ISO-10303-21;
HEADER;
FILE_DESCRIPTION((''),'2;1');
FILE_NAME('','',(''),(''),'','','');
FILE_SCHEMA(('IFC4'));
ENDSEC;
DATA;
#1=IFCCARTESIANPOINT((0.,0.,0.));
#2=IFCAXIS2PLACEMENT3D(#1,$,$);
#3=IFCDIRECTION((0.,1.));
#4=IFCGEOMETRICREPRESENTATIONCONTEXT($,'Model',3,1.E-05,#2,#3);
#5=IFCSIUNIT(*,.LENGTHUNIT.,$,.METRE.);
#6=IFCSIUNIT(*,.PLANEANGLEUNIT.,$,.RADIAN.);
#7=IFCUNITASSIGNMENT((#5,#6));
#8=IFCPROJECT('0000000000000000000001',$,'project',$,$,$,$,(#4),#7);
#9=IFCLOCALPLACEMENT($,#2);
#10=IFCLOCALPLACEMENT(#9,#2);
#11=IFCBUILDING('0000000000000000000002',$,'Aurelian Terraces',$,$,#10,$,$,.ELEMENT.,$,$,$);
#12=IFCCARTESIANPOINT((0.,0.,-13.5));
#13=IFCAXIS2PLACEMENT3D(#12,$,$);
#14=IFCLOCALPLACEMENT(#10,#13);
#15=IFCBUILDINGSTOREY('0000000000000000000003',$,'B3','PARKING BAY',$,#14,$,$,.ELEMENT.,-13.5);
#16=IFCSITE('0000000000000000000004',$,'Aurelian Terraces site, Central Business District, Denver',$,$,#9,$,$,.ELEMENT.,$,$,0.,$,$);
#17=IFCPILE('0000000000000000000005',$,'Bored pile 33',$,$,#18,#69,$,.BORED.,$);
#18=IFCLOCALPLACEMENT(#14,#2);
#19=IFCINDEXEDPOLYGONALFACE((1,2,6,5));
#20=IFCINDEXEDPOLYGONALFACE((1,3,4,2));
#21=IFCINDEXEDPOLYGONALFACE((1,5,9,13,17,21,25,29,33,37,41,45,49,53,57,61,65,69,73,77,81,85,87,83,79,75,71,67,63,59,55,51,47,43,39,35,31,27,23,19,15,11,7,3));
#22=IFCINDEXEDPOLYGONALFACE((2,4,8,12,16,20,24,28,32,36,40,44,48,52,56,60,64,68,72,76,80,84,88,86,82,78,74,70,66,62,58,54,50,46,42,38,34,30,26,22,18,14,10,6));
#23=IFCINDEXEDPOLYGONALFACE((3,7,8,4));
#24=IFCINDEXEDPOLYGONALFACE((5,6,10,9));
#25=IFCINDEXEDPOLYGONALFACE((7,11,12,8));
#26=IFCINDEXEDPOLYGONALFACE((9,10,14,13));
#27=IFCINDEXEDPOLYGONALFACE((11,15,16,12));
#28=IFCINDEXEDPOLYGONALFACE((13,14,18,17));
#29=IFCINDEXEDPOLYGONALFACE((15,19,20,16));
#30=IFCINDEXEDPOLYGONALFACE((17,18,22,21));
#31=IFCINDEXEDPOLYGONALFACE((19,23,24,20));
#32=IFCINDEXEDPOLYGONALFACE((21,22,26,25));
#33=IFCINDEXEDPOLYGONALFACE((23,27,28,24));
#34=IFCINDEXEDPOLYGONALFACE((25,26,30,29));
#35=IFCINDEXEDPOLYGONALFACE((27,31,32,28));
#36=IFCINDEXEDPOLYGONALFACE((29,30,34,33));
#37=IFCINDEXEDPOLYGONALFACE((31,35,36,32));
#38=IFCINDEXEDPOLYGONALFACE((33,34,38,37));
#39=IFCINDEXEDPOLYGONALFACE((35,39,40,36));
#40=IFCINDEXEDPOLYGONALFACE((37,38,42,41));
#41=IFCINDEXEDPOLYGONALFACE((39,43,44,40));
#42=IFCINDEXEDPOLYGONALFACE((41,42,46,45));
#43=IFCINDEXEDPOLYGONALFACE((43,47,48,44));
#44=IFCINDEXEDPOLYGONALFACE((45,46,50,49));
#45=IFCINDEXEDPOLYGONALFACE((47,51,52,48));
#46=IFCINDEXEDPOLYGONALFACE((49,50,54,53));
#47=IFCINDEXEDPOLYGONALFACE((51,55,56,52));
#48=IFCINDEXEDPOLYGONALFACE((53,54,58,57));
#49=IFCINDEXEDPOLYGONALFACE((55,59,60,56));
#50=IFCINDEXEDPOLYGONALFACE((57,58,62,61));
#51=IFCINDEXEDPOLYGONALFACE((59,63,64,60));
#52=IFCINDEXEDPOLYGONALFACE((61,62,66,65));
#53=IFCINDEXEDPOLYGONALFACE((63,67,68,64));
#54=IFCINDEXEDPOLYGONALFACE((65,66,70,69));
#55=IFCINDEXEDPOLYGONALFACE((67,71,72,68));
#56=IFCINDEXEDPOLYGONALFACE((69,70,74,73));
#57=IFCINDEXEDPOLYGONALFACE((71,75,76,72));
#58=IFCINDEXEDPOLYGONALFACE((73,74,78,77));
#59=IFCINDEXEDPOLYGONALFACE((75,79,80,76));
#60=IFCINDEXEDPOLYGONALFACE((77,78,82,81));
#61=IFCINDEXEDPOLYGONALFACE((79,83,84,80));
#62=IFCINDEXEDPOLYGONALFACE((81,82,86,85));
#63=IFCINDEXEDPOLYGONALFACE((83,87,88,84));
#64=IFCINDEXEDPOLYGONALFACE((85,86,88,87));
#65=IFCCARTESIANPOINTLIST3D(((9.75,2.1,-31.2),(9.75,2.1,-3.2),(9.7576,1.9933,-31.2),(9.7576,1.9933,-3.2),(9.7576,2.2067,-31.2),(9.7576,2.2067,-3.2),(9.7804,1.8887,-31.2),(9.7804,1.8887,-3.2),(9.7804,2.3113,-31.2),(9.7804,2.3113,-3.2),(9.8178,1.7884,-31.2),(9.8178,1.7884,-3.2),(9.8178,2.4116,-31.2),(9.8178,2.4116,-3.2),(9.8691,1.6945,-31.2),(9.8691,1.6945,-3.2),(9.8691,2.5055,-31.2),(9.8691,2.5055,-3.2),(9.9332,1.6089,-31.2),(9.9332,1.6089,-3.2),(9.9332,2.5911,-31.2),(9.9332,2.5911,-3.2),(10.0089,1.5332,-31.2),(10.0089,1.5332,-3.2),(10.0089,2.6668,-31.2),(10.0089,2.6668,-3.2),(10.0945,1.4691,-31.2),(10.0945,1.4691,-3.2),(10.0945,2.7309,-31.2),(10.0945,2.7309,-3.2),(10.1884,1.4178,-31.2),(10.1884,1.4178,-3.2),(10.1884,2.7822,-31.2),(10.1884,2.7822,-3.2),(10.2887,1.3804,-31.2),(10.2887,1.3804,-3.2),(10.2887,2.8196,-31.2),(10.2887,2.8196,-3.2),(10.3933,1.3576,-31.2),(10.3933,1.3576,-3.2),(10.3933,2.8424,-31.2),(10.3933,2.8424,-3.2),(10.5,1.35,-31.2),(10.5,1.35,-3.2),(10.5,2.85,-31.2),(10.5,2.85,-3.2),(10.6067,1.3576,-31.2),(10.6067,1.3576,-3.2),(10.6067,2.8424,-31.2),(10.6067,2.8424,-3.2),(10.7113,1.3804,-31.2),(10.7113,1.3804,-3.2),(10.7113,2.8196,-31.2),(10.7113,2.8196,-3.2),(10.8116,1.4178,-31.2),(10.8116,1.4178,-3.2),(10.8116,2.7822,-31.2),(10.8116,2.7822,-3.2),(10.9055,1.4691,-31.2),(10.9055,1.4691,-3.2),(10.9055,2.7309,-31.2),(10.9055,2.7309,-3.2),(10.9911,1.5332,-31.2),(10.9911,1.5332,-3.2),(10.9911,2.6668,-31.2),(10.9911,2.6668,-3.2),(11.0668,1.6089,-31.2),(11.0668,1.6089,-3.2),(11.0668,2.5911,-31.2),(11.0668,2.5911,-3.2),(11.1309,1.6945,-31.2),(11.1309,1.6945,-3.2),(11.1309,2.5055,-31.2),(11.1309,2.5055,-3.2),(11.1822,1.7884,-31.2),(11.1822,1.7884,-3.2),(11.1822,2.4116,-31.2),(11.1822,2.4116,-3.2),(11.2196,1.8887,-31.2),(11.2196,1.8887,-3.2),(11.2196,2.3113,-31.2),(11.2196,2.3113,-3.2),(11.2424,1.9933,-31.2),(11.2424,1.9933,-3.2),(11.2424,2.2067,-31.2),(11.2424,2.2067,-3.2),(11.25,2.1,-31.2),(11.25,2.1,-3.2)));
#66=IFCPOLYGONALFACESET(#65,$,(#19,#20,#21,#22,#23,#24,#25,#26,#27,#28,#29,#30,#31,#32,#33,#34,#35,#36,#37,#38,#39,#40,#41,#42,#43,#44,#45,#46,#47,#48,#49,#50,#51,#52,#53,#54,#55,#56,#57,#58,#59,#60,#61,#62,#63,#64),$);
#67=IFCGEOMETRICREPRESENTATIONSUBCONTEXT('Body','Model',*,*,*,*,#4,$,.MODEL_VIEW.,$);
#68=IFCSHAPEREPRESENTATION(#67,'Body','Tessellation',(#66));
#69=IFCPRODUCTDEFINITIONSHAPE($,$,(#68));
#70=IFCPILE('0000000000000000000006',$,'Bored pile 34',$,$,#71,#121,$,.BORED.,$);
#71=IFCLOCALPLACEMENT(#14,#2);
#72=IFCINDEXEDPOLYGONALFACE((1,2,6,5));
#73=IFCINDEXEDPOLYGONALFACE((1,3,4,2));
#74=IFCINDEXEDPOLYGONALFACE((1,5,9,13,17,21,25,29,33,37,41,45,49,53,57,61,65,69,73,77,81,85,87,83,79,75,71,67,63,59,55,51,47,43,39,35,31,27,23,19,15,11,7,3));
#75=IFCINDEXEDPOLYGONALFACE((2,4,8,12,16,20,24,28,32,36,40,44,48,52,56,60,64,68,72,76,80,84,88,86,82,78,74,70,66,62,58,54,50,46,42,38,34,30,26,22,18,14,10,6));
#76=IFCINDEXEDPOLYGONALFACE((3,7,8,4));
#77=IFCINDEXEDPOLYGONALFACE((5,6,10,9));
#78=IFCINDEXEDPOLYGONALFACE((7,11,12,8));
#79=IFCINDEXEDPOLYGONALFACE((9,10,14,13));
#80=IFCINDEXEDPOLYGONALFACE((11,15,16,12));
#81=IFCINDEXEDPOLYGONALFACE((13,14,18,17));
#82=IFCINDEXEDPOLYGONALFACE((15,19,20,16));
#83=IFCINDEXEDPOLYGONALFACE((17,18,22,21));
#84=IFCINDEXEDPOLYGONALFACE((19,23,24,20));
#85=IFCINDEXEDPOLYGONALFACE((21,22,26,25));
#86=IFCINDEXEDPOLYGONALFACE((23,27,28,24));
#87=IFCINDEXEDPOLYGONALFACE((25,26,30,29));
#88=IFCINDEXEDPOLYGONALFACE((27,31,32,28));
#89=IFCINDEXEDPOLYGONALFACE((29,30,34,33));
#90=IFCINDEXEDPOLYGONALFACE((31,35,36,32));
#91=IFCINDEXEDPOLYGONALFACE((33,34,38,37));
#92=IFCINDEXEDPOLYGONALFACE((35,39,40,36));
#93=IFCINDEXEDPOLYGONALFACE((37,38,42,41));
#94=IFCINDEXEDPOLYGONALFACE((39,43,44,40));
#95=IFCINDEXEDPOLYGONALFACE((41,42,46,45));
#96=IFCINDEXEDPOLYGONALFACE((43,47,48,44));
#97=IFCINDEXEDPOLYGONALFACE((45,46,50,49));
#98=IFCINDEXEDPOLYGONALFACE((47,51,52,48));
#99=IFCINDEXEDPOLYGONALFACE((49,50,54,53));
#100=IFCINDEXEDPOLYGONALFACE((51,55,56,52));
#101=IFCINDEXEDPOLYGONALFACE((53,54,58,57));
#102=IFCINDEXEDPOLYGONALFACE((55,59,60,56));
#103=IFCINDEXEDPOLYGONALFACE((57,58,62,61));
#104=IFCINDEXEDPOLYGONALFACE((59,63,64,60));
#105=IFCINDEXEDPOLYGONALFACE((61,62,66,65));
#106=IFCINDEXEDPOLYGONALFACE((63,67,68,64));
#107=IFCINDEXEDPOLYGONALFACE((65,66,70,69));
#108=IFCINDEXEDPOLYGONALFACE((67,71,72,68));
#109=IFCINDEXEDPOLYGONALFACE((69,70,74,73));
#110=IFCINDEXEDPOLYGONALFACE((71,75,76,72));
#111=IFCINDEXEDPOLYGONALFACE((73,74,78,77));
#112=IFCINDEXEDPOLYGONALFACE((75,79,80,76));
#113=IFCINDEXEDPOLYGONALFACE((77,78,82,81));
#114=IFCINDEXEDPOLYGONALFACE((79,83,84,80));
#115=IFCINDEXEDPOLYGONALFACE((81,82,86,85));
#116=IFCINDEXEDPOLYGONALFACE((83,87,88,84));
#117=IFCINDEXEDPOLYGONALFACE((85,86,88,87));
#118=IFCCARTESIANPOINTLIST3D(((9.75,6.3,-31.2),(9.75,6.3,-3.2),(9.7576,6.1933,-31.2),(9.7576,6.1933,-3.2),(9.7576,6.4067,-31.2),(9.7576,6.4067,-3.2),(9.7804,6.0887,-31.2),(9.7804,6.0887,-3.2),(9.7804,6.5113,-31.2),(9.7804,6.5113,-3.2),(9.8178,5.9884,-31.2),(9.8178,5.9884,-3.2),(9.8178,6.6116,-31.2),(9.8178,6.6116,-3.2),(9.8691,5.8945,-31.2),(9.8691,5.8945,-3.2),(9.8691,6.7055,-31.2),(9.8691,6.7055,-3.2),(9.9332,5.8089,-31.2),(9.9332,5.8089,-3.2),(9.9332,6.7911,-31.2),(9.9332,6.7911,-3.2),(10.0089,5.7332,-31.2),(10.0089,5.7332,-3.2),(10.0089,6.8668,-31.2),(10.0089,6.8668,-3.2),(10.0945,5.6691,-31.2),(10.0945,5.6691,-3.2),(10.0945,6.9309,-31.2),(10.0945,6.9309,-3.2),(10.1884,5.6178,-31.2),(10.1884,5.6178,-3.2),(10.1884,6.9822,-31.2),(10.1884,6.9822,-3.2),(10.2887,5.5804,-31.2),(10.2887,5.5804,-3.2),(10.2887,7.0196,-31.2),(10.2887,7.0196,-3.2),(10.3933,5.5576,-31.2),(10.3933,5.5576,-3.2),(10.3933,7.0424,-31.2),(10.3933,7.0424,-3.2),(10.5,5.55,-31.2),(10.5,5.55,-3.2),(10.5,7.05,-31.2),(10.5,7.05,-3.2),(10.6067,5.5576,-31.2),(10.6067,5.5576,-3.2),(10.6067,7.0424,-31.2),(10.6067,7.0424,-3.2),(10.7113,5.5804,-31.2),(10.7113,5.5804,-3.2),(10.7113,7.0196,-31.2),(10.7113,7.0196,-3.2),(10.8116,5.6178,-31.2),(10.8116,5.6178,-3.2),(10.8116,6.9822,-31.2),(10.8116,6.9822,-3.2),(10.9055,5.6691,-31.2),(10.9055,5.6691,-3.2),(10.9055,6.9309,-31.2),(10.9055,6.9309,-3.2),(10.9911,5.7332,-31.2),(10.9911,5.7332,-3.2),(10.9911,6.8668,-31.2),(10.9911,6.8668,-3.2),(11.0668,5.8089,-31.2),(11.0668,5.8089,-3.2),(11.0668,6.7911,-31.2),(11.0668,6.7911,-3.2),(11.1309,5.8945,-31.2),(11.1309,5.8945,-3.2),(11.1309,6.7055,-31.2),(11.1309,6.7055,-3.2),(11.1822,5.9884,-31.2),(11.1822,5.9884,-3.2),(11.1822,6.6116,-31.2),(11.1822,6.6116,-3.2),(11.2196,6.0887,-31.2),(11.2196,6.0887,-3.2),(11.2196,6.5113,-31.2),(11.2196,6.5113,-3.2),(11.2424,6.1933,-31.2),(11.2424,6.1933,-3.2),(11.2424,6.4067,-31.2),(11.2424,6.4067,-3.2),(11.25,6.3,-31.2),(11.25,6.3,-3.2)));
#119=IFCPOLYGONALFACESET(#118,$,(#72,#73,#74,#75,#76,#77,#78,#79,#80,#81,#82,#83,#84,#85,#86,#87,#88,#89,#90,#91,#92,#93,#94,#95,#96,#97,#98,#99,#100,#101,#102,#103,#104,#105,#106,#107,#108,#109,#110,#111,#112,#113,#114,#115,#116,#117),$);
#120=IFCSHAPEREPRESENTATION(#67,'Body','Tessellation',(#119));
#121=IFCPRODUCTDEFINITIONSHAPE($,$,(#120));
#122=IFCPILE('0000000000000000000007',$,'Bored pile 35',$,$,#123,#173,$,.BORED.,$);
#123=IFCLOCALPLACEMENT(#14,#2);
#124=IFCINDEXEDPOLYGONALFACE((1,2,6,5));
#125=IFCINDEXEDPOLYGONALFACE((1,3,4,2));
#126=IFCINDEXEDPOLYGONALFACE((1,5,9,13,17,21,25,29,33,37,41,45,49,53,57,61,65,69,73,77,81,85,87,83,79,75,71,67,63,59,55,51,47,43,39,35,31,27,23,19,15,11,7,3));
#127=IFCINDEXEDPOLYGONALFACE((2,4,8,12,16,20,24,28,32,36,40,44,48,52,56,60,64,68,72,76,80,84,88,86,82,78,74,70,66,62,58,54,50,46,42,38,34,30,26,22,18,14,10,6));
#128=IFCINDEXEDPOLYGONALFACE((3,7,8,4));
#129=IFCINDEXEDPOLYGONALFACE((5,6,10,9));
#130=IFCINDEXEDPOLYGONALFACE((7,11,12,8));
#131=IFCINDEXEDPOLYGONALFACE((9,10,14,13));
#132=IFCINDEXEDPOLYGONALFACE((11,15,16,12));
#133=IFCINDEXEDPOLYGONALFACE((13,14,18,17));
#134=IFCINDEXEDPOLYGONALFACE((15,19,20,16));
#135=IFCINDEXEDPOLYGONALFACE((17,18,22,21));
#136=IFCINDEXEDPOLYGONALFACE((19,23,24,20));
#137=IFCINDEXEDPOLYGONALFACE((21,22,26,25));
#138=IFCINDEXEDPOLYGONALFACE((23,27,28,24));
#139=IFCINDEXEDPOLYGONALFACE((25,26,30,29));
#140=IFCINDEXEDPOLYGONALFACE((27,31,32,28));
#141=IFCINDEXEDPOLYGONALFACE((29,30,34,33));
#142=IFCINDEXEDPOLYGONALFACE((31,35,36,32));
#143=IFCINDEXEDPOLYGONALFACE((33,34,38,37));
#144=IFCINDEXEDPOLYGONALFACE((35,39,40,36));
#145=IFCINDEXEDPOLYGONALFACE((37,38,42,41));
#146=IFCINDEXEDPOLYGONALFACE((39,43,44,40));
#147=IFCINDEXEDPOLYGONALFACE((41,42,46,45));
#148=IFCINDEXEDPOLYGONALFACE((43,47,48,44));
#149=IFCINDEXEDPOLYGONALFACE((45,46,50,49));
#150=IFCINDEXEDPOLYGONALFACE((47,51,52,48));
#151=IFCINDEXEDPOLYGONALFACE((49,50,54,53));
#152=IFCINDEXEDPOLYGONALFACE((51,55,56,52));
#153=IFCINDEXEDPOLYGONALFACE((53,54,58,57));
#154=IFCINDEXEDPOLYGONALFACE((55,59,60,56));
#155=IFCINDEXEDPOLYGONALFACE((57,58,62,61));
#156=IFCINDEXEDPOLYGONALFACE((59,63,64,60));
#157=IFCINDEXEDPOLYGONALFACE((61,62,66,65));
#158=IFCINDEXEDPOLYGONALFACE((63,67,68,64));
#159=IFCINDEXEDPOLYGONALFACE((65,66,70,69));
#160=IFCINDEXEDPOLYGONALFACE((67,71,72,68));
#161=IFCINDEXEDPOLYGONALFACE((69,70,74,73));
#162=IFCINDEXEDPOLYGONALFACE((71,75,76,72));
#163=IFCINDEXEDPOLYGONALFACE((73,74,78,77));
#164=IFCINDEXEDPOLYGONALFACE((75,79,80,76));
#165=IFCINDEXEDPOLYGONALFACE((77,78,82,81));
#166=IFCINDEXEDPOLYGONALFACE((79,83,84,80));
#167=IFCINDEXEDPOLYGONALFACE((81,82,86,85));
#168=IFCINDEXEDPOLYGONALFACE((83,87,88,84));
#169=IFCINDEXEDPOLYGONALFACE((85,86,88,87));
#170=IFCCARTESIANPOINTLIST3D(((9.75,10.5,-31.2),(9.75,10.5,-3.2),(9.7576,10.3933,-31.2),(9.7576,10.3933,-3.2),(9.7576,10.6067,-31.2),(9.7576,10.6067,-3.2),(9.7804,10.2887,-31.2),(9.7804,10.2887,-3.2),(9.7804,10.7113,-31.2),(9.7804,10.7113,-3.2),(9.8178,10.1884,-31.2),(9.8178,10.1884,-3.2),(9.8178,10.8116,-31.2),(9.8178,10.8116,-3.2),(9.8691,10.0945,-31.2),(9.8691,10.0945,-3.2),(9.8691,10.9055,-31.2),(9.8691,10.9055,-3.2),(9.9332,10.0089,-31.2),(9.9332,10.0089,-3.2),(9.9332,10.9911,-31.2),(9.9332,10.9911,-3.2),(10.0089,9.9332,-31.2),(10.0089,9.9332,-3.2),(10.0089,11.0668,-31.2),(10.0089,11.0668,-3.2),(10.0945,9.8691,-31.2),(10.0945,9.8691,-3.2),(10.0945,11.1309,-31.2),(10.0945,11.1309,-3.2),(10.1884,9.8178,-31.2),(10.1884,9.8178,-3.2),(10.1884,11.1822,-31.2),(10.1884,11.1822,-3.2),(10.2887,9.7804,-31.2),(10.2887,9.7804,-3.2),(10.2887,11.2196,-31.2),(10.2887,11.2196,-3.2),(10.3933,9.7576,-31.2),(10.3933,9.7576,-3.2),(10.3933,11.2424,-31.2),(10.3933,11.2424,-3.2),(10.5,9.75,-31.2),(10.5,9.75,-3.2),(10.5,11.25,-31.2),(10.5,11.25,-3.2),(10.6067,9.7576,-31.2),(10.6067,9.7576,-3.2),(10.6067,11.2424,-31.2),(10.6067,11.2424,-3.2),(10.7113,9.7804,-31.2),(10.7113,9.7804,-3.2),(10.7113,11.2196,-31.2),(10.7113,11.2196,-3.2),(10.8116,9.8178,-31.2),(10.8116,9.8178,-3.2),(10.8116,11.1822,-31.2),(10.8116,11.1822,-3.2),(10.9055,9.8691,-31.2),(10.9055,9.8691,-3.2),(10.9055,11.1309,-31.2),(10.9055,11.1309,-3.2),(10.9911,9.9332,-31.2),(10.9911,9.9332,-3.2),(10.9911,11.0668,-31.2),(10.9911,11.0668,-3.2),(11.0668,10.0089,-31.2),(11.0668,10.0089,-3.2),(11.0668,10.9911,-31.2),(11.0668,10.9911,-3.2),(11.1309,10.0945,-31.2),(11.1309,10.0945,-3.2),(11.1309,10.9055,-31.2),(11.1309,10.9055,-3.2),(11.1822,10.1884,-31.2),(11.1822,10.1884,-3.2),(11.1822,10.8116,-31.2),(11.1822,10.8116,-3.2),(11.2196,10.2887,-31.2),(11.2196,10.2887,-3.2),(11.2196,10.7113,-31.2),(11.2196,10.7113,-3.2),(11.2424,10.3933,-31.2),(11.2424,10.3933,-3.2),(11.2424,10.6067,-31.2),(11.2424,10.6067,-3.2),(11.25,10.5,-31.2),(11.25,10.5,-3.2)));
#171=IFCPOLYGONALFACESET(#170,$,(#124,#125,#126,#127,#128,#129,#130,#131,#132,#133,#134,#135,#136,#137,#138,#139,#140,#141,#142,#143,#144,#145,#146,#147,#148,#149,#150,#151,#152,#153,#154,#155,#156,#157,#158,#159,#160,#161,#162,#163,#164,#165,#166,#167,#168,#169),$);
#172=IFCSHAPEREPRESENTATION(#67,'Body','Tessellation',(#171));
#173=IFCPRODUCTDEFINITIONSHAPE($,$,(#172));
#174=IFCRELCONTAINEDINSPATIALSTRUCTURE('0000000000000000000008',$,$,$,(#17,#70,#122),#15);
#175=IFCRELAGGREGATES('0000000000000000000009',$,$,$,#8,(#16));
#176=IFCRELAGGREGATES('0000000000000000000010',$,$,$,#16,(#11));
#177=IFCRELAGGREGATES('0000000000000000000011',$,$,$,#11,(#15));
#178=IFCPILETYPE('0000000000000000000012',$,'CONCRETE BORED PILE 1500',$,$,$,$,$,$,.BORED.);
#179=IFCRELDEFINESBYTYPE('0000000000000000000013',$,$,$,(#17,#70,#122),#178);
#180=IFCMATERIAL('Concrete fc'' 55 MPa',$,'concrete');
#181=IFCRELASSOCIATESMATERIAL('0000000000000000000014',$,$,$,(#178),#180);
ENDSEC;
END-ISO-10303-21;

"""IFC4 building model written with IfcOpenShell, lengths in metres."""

from ifc_helpers import new_model, si_unit, direction, frame, origin, origin_2d, place, context, subcontext, project, spatial, circle, extrude, source, transform, mapped, material, material_profile, profile_set, type_object, element, save


model = new_model("IFC4")

# Units and contexts
model_context = context("Model", 3, precision=1e-05, world=origin(), true_north=direction((0.0, 1.0)))
body_context = subcontext(model_context, "Body", "Model", "MODEL_VIEW")
ifc_project = project(units=[si_unit("LENGTHUNIT", "METRE"), si_unit("PLANEANGLEUNIT", "RADIAN")], contexts=[model_context])

# Site, building, storey
site_placement = place(None, origin())
site = spatial("IfcSite", under=ifc_project, at=site_placement, Name="Aurelian Terraces site, Central Business District, Denver", CompositionType="ELEMENT", RefElevation=0.0)
building_placement = place(site_placement, origin())
building = spatial("IfcBuilding", under=site, at=building_placement, Name="Aurelian Terraces", CompositionType="ELEMENT")
storey_placement = place(building_placement, frame((0.0, 0.0, -13.5)))
storey = spatial("IfcBuildingStorey", under=building, at=storey_placement, Name="B3", Description="PARKING BAY", CompositionType="ELEMENT", Elevation=-13.5)

# Piles
ifc_material_1 = material(Name="Concrete fc' 55 MPa", Category="concrete")
ifc_material_profile_1 = material_profile(ifc_material_1, circle(Radius=0.75, at=origin_2d()))
ifc_profile_set_1 = profile_set([ifc_material_profile_1], Name="Concrete fc' 55 MPa")
pile_type = type_object("IfcPileType", Name="CONCRETE BORED PILE 1500", PredefinedType="BORED", material=ifc_profile_set_1)
shared_shape_1 = source(origin(), body_context, "Body", "SweptSolid", [
    extrude(circle(Radius=0.75, at=origin_2d()), origin(), (0.0, 0.0, 1.0), 28.0),
])
for number, where, z_axis, x_axis, name in (
    (1, (10.5, 2.1, -3.2), (0.0, 0.0, -1.0), (1.0, 0.0, 0.0), "Bored pile 33"),
    (2, (10.5, 6.3, -3.2), (0.0, 0.0, -1.0), (1.0, 0.0, 0.0), "Bored pile 34"),
    (3, (10.5, 10.5, -3.2), (0.0, 0.0, -1.0), (1.0, 0.0, 0.0), "Bored pile 35"),
):
    element("IfcPile", number, at=place(storey_placement, frame(where, z_axis=z_axis, x_axis=x_axis)), inside=storey, type_object=pile_type, Name=name, PredefinedType="BORED", context=body_context, shape_type="MappedRepresentation", body=[
        mapped(shared_shape_1, transform((0.0, 0.0, 0.0), scale=1.0)),
    ])

save(model, "model.ifc")
